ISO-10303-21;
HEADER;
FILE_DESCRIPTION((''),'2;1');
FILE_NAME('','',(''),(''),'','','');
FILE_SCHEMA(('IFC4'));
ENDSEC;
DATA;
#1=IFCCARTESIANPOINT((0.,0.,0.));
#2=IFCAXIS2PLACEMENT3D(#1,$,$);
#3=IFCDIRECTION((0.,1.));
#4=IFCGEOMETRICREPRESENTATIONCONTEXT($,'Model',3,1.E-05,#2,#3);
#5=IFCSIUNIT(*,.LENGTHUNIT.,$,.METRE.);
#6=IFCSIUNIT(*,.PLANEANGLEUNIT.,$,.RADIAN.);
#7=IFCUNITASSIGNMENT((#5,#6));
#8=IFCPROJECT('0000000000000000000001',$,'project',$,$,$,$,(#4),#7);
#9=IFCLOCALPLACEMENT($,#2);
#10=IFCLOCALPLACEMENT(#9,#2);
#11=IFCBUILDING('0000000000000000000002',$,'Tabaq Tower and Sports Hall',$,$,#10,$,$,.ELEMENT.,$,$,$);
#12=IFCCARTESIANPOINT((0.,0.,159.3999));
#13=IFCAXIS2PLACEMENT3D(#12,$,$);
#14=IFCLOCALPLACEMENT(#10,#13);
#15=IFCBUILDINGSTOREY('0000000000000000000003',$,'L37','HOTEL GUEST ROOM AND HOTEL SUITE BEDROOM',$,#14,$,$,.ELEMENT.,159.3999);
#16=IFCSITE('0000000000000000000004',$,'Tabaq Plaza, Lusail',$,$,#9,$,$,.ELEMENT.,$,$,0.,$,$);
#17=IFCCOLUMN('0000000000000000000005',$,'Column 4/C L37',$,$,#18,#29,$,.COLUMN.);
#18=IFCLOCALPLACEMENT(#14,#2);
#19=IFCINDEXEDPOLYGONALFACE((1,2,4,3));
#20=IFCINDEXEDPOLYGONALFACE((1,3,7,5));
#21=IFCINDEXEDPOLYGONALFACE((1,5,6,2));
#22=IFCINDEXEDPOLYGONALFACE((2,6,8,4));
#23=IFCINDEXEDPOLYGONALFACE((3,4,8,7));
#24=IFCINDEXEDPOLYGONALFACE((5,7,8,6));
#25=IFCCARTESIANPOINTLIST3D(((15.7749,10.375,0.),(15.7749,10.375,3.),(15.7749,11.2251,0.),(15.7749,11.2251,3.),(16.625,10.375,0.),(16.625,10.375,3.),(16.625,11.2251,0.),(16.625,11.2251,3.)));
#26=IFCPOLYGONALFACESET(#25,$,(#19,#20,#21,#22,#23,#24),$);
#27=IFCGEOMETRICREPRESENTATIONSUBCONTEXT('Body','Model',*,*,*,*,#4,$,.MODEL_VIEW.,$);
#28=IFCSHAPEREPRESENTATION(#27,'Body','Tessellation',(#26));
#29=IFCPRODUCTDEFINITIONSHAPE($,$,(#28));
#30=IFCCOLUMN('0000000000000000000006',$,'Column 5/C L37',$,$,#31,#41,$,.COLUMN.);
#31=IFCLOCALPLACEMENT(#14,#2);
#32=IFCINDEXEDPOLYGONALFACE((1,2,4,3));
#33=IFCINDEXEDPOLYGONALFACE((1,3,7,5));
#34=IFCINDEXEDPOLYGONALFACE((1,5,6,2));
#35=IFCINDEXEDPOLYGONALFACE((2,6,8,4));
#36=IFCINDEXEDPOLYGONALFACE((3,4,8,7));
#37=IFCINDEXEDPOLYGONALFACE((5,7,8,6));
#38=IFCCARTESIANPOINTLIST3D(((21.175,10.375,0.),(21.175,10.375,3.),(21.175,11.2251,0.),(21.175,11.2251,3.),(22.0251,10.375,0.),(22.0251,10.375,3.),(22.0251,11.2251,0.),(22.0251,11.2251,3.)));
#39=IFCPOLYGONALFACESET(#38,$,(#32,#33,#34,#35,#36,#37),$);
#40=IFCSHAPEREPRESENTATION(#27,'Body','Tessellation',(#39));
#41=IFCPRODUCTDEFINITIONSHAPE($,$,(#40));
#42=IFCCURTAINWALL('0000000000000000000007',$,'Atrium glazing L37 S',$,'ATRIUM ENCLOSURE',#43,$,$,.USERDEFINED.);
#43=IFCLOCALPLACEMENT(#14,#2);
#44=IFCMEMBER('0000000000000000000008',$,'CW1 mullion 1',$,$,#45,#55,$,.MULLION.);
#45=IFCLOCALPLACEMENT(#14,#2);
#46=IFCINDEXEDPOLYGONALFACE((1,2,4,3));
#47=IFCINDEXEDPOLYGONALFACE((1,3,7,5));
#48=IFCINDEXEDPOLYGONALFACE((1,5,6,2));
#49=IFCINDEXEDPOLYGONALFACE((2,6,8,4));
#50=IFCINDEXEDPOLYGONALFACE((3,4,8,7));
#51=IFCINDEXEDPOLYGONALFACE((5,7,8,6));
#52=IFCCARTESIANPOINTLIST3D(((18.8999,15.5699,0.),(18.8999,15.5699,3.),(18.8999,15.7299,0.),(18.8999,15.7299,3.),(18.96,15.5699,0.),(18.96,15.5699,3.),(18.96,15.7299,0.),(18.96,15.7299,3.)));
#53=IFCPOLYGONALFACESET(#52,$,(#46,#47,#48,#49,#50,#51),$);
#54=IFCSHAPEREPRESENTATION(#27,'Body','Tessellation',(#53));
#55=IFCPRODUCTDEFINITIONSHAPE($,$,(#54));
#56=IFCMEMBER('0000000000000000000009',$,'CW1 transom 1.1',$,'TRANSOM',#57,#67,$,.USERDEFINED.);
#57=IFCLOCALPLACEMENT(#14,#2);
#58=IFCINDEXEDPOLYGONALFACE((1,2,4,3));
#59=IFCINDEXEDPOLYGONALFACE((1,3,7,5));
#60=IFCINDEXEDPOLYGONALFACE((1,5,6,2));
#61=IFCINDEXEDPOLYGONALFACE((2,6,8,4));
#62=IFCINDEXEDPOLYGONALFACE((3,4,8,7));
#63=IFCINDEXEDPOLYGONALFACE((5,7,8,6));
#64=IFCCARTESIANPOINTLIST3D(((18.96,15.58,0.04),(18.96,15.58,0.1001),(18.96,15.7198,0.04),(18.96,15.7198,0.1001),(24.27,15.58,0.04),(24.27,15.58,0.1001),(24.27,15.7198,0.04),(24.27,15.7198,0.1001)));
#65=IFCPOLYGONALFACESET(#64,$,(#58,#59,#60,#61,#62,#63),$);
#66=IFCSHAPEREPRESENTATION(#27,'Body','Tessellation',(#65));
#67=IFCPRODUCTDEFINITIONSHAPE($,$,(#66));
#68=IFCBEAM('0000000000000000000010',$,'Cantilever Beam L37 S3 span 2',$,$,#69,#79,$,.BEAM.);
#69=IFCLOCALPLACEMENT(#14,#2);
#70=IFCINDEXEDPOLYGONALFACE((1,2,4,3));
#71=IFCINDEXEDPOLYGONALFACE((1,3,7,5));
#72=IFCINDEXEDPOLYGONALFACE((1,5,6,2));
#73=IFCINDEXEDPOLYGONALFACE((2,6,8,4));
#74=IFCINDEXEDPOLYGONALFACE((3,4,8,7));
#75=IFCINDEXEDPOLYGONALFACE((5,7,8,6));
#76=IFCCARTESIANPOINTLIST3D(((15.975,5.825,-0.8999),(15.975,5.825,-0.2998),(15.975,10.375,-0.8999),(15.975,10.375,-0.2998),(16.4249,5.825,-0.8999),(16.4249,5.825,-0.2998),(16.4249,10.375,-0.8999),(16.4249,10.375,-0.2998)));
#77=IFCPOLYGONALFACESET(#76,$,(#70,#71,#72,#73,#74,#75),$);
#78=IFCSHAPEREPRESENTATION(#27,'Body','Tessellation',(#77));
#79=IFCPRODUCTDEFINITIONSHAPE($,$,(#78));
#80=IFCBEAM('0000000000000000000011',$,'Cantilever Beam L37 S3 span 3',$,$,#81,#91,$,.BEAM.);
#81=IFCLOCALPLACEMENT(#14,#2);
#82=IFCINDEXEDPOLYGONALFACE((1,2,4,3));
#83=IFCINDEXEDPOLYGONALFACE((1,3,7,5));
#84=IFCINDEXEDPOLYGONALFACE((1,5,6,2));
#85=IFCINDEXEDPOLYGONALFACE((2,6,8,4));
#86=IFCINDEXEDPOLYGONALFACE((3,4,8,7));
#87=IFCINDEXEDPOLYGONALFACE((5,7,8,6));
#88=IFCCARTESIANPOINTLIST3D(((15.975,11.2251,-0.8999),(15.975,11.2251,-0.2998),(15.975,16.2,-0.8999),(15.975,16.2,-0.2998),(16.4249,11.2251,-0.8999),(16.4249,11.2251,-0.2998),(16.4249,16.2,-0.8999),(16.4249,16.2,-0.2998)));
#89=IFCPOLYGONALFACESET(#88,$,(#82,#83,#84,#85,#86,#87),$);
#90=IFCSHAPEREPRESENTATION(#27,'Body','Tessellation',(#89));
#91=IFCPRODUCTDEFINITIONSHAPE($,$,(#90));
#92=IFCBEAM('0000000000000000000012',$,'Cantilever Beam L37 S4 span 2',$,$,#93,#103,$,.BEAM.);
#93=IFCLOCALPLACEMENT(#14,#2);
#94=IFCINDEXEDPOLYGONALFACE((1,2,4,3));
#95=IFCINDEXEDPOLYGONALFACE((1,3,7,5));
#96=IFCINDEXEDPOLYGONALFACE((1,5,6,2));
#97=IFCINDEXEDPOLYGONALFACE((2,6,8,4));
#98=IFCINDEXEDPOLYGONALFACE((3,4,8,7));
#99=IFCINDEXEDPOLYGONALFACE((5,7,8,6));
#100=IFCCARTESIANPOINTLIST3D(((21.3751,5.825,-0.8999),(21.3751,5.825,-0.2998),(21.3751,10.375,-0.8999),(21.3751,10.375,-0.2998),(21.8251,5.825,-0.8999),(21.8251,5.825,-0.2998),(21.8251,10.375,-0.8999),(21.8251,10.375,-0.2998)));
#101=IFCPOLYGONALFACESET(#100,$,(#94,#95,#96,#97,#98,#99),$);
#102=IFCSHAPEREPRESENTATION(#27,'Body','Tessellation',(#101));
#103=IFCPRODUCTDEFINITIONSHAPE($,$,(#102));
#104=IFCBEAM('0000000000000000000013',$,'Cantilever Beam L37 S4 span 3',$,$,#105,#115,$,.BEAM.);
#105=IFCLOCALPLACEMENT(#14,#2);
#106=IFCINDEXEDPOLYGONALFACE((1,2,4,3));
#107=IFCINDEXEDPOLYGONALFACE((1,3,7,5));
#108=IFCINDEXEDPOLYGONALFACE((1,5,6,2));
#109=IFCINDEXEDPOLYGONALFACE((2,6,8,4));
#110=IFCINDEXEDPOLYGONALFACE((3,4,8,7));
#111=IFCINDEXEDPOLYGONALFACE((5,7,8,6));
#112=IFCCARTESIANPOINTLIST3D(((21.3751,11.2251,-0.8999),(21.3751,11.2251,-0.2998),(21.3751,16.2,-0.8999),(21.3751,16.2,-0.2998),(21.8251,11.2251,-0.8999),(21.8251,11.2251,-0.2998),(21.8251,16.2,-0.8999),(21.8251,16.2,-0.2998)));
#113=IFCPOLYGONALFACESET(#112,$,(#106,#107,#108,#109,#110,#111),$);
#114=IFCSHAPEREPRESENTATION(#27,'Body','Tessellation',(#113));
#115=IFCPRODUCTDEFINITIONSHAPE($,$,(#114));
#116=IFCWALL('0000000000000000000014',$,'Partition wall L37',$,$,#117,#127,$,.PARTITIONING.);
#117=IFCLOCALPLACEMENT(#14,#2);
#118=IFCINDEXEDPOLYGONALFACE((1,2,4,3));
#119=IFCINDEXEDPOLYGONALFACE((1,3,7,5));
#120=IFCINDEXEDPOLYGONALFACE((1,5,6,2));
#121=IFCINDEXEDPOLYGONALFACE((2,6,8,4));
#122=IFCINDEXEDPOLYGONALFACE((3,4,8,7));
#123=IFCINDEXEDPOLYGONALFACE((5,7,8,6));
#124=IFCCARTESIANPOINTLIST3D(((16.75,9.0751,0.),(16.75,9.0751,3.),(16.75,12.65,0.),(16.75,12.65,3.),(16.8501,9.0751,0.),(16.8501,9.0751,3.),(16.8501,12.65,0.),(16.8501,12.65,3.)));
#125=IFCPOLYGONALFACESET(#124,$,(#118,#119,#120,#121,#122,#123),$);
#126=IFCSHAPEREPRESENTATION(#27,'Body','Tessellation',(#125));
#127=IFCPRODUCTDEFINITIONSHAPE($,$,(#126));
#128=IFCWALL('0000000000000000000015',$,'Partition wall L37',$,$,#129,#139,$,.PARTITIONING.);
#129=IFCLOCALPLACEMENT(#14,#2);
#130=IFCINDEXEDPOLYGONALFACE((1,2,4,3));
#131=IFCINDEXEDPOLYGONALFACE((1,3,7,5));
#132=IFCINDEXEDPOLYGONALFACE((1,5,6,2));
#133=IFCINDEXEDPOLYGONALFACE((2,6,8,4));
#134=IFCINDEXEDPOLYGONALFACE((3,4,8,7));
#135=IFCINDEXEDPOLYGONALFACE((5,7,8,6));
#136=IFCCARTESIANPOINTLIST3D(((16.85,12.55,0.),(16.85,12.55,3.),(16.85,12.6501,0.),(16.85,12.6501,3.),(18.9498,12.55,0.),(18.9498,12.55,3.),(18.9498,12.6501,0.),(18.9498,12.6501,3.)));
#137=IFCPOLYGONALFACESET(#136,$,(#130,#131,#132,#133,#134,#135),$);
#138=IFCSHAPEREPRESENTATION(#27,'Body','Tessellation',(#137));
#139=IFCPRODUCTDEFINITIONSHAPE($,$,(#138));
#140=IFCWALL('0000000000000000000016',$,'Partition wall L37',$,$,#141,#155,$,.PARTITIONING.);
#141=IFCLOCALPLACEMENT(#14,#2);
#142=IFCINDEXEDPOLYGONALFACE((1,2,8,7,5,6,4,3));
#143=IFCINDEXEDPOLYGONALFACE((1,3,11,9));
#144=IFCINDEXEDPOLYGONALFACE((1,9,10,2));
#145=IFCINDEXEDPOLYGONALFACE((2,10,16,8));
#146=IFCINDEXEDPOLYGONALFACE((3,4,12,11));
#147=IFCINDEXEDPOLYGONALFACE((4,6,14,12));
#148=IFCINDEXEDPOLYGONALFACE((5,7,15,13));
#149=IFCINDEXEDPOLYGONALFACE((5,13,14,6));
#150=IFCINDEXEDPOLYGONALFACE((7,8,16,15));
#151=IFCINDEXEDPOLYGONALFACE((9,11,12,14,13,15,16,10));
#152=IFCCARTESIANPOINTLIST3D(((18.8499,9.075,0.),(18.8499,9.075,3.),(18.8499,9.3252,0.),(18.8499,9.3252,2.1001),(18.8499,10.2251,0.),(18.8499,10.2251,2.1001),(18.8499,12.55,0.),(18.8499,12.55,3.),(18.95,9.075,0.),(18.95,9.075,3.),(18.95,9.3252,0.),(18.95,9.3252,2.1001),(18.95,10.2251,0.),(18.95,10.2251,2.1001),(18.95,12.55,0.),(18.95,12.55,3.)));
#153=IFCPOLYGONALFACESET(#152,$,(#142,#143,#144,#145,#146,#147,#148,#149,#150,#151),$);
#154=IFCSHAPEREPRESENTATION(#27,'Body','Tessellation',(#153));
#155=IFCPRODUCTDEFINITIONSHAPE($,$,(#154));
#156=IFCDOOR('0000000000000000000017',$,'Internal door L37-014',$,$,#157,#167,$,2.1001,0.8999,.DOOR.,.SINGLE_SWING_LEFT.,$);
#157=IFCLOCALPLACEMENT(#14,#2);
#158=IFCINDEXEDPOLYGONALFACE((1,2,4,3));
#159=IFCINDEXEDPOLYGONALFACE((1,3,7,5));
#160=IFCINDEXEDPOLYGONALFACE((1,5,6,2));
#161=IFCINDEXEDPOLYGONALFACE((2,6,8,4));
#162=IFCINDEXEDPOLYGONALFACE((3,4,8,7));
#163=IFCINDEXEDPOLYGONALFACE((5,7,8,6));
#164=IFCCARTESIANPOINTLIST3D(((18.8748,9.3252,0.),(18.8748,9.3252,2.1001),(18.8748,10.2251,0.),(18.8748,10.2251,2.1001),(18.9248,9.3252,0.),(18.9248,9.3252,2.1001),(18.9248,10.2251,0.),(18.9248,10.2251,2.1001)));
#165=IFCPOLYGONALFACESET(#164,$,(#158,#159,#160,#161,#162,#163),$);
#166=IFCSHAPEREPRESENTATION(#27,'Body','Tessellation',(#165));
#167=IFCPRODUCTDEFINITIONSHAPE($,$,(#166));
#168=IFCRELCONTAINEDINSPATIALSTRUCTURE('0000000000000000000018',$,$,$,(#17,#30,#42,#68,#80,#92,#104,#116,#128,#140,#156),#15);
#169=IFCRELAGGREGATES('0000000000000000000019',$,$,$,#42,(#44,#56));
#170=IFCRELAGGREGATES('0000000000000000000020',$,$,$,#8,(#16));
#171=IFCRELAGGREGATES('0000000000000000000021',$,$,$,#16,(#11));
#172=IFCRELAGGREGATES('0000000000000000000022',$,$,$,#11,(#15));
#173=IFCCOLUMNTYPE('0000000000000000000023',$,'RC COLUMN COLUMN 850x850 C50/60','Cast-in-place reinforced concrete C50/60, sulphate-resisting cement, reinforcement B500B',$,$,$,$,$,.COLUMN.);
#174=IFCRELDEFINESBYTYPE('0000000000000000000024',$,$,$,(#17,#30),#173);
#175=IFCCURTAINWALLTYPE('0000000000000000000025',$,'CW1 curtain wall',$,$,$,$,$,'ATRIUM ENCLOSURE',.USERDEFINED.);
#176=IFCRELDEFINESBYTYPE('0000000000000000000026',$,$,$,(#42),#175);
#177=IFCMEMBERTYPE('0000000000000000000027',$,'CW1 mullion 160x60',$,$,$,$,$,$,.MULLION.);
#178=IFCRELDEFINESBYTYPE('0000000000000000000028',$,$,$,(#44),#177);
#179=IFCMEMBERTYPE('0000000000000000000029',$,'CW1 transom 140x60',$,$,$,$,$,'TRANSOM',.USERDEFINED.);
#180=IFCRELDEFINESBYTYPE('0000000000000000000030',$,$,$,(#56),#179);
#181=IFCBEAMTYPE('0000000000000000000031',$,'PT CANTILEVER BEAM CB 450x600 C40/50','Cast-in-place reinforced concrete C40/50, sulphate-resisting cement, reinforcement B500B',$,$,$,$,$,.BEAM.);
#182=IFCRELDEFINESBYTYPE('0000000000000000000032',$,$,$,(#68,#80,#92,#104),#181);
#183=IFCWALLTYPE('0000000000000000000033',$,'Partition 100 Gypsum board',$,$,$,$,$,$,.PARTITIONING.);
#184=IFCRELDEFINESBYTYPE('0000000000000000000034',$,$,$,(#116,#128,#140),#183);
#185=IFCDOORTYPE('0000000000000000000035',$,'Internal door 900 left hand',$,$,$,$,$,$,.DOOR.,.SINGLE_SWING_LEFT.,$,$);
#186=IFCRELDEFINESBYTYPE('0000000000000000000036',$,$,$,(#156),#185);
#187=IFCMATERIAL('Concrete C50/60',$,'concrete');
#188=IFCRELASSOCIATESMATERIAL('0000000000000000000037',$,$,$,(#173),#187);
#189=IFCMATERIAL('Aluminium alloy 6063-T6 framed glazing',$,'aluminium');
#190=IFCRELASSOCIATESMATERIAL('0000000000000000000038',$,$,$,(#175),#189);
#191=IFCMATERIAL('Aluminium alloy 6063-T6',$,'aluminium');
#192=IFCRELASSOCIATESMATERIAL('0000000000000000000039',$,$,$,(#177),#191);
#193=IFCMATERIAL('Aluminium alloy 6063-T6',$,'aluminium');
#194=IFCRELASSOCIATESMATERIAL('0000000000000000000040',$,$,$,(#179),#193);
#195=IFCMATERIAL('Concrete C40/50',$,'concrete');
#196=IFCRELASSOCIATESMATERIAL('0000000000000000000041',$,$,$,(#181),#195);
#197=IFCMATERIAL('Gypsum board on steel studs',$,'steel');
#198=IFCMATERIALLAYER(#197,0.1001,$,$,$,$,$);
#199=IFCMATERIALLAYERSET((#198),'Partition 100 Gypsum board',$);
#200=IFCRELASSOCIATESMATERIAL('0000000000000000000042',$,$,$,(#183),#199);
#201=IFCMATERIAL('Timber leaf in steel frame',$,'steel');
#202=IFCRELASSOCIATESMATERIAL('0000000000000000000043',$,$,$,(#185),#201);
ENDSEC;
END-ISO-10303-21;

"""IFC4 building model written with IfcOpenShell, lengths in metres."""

from ifc_helpers import new_model, si_unit, direction, frame, frame_2d, origin, origin_2d, place, context, subcontext, project, spatial, rectangle, extrude, material, layer, layer_set, material_profile, profile_set, type_object, element, fill, aggregate, save


model = new_model("IFC4")

# Units and contexts
model_context = context("Model", 3, precision=1e-05, world=origin(), true_north=direction((0.0, 1.0)))
body_context = subcontext(model_context, "Body", "Model", "MODEL_VIEW")
ifc_project = project(units=[si_unit("LENGTHUNIT", "METRE"), si_unit("PLANEANGLEUNIT", "RADIAN")], contexts=[model_context])

# Site, building, storey
site_placement = place(None, origin())
site = spatial("IfcSite", under=ifc_project, at=site_placement, Name="Tabaq Plaza, Lusail", CompositionType="ELEMENT", RefElevation=0.0)
building_placement = place(site_placement, origin())
building = spatial("IfcBuilding", under=site, at=building_placement, Name="Tabaq Tower and Sports Hall", CompositionType="ELEMENT")
storey_placement = place(building_placement, frame((0.0, 0.0, 159.3999)))
storey = spatial("IfcBuildingStorey", under=building, at=storey_placement, Name="L37", Description="HOTEL GUEST ROOM AND HOTEL SUITE BEDROOM", CompositionType="ELEMENT", Elevation=159.3999)

# Columns
ifc_material_1 = material(Name="Concrete C50/60", Category="concrete")
ifc_material_profile_1 = material_profile(ifc_material_1, rectangle(XDim=0.8501, YDim=0.8501, at=origin_2d()), Name="COLUMN 850x850")
ifc_profile_set_1 = profile_set([ifc_material_profile_1], Name="Concrete C50/60")
column_type = type_object("IfcColumnType", Name="RC COLUMN COLUMN 850x850 C50/60", Description="Cast-in-place reinforced concrete C50/60, sulphate-resisting cement, reinforcement B500B", PredefinedType="COLUMN", material=ifc_profile_set_1)
for number, where, z_axis, x_axis, name in (
    (1, (16.2, 10.8, 0.0), (0.0, 0.0, 1.0), (1.0, 0.0, 0.0), "Column 4/C L37"),
    (2, (21.6001, 10.8, 0.0), (0.0, 0.0, 1.0), (1.0, 0.0, 0.0), "Column 5/C L37"),
):
    element("IfcColumn", number, at=place(storey_placement, frame(where, z_axis=z_axis, x_axis=x_axis)), inside=storey, type_object=column_type, Name=name, PredefinedType="COLUMN", context=body_context, shape_type="SweptSolid", body=[
        extrude(rectangle(XDim=0.8501, YDim=0.8501, at=origin_2d()), origin(), (0.0, 0.0, 1.0), 3.0),
    ])

# Curtain wall, members
ifc_material_2 = material(Name="Aluminium alloy 6063-T6 framed glazing", Category="aluminium")
curtain_wall_type = type_object("IfcCurtainWallType", Name="CW1 curtain wall", ElementType="ATRIUM ENCLOSURE", PredefinedType="USERDEFINED", material=ifc_material_2)
curtain_wall_placement = place(storey_placement, origin())
curtain_wall = element("IfcCurtainWall", 3, at=curtain_wall_placement, inside=storey, type_object=curtain_wall_type, Name="Atrium glazing L37 S", ObjectType="ATRIUM ENCLOSURE", PredefinedType="USERDEFINED")
ifc_material_3 = material(Name="Aluminium alloy 6063-T6", Category="aluminium")
ifc_material_profile_2 = material_profile(ifc_material_3, rectangle(XDim=0.1599, YDim=0.0601, at=origin_2d()), Name="MULLION 160x60")
ifc_profile_set_2 = profile_set([ifc_material_profile_2], Name="Aluminium alloy 6063-T6")
member_type_1 = type_object("IfcMemberType", Name="CW1 mullion 160x60", PredefinedType="MULLION", material=ifc_profile_set_2)
member_1_placement = place(storey_placement, frame((18.9299, 15.6499, 0.0), z_axis=(0.0, 0.0, 1.0), x_axis=(0.0, 1.0, 0.0)))
member_1 = element("IfcMember", 4, at=member_1_placement, type_object=member_type_1, Name="CW1 mullion 1", PredefinedType="MULLION", context=body_context, shape_type="SweptSolid", body=[
    extrude(rectangle(XDim=0.1599, YDim=0.0601, at=origin_2d()), origin(), (0.0, 0.0, 1.0), 3.0),
])
ifc_material_4 = material(Name="Aluminium alloy 6063-T6", Category="aluminium")
ifc_material_profile_3 = material_profile(ifc_material_4, rectangle(XDim=0.1399, YDim=0.0601, at=origin_2d()), Name="TRANSOM 140x60")
ifc_profile_set_3 = profile_set([ifc_material_profile_3], Name="Aluminium alloy 6063-T6")
member_type_2 = type_object("IfcMemberType", Name="CW1 transom 140x60", ElementType="TRANSOM", PredefinedType="USERDEFINED", material=ifc_profile_set_3)
member_2_placement = place(storey_placement, frame((18.96, 15.6499, 0.0701), z_axis=(1.0, 0.0, 0.0), x_axis=(0.0, 1.0, 0.0)))
member_2 = element("IfcMember", 5, at=member_2_placement, type_object=member_type_2, Name="CW1 transom 1.1", ObjectType="TRANSOM", PredefinedType="USERDEFINED", context=body_context, shape_type="SweptSolid", body=[
    extrude(rectangle(XDim=0.1399, YDim=0.0601, at=origin_2d()), origin(), (0.0, 0.0, 1.0), 5.3101),
])
aggregate(curtain_wall, [member_1, member_2])

# Beams
ifc_material_5 = material(Name="Concrete C40/50", Category="concrete")
ifc_material_profile_4 = material_profile(ifc_material_5, rectangle(XDim=0.45, YDim=0.6001, at=origin_2d()), Name="CB 450x600")
ifc_profile_set_4 = profile_set([ifc_material_profile_4], Name="Concrete C40/50")
beam_type = type_object("IfcBeamType", Name="PT CANTILEVER BEAM CB 450x600 C40/50", Description="Cast-in-place reinforced concrete C40/50, sulphate-resisting cement, reinforcement B500B", PredefinedType="BEAM", material=ifc_profile_set_4)
beam_1_placement = place(storey_placement, frame((16.2, 5.825, -0.5999), z_axis=(0.0, 1.0, 0.0), x_axis=(-1.0, 0.0, 0.0)))
element("IfcBeam", 6, at=beam_1_placement, inside=storey, type_object=beam_type, Name="Cantilever Beam L37 S3 span 2", PredefinedType="BEAM", context=body_context, shape_type="SweptSolid", body=[
    extrude(rectangle(XDim=0.45, YDim=0.6001, at=origin_2d()), origin(), (0.0, 0.0, 1.0), 4.55),
])
beam_2_placement = place(storey_placement, frame((16.2, 11.2251, -0.5999), z_axis=(0.0, 1.0, 0.0), x_axis=(-1.0, 0.0, 0.0)))
element("IfcBeam", 7, at=beam_2_placement, inside=storey, type_object=beam_type, Name="Cantilever Beam L37 S3 span 3", PredefinedType="BEAM", context=body_context, shape_type="SweptSolid", body=[
    extrude(rectangle(XDim=0.45, YDim=0.6001, at=origin_2d()), origin(), (0.0, 0.0, 1.0), 4.9749),
])
beam_3_placement = place(storey_placement, frame((21.6001, 5.825, -0.5999), z_axis=(0.0, 1.0, 0.0), x_axis=(-1.0, 0.0, 0.0)))
element("IfcBeam", 8, at=beam_3_placement, inside=storey, type_object=beam_type, Name="Cantilever Beam L37 S4 span 2", PredefinedType="BEAM", context=body_context, shape_type="SweptSolid", body=[
    extrude(rectangle(XDim=0.45, YDim=0.6001, at=origin_2d()), origin(), (0.0, 0.0, 1.0), 4.55),
])
beam_4_placement = place(storey_placement, frame((21.6001, 11.2251, -0.5999), z_axis=(0.0, 1.0, 0.0), x_axis=(-1.0, 0.0, 0.0)))
element("IfcBeam", 9, at=beam_4_placement, inside=storey, type_object=beam_type, Name="Cantilever Beam L37 S4 span 3", PredefinedType="BEAM", context=body_context, shape_type="SweptSolid", body=[
    extrude(rectangle(XDim=0.45, YDim=0.6001, at=origin_2d()), origin(), (0.0, 0.0, 1.0), 4.9749),
])

# Walls
ifc_material_6 = material(Name="Gypsum board on steel studs", Category="steel")
ifc_layer_1 = layer(ifc_material_6, 0.1001)
ifc_layer_set_1 = layer_set([ifc_layer_1], Name="Partition 100 Gypsum board")
wall_type_1 = type_object("IfcWallType", Name="Partition 100 Gypsum board", PredefinedType="PARTITIONING", material=ifc_layer_set_1)
wall_1_placement = place(storey_placement, frame((16.8, 9.075, 0.0), z_axis=(0.0, 0.0, 1.0), x_axis=(0.0, 1.0, 0.0)))
element("IfcWall", 10, at=wall_1_placement, inside=storey, type_object=wall_type_1, Name="Partition wall L37", PredefinedType="PARTITIONING", context=body_context, shape_type="SweptSolid", body=[
    extrude(rectangle(XDim=3.575, YDim=0.1001, at=frame_2d((1.7876, 0.0))), origin(), (0.0, 0.0, 1.0), 3.0),
])
wall_2_placement = place(storey_placement, frame((16.8501, 12.6001, 0.0), z_axis=(0.0, 0.0, 1.0), x_axis=(1.0, 0.0, 0.0)))
element("IfcWall", 11, at=wall_2_placement, inside=storey, type_object=wall_type_1, Name="Partition wall L37", PredefinedType="PARTITIONING", context=body_context, shape_type="SweptSolid", body=[
    extrude(rectangle(XDim=2.0999, YDim=0.1001, at=frame_2d((1.0498, 0.0))), origin(), (0.0, 0.0, 1.0), 3.0),
])

# Wall, opening, door
wall_3_placement = place(storey_placement, frame((18.8999, 12.55, 0.0), z_axis=(0.0, 0.0, 1.0), x_axis=(0.0, -1.0, 0.0)))
wall_3 = element("IfcWall", 12, at=wall_3_placement, inside=storey, type_object=wall_type_1, Name="Partition wall L37", PredefinedType="PARTITIONING", context=body_context, shape_type="SweptSolid", body=[
    extrude(rectangle(XDim=3.4751, YDim=0.1001, at=frame_2d((1.7375, 0.0))), origin(), (0.0, 0.0, 1.0), 3.0),
])
opening_1_placement = place(wall_3_placement, frame((2.325, 0.0, 0.0)))
opening_1 = element("IfcOpeningElement", 13, at=opening_1_placement, cuts=wall_3, PredefinedType="OPENING", context=body_context, shape_type="SweptSolid", body=[
    extrude(rectangle(XDim=0.8999, YDim=2.1001, at=frame_2d((0.45, 1.05))), frame((0.0, 0.05, 0.0), z_axis=(0.0, -1.0, 0.0), x_axis=(1.0, 0.0, 0.0)), (0.0, 0.0, 1.0), 0.1001),
])
ifc_material_7 = material(Name="Timber leaf in steel frame", Category="steel")
door_type_1 = type_object("IfcDoorType", Name="Internal door 900 left hand", OperationType="SINGLE_SWING_LEFT", PredefinedType="DOOR", material=ifc_material_7)
door_1_placement = place(opening_1_placement, origin())
door_1 = element("IfcDoor", 14, at=door_1_placement, inside=storey, type_object=door_type_1, Name="Internal door L37-014", OperationType="SINGLE_SWING_LEFT", OverallHeight=2.1001, OverallWidth=0.8999, PredefinedType="DOOR", context=body_context, shape_type="SweptSolid", body=[
    extrude(rectangle(XDim=0.8999, YDim=2.1001, at=frame_2d((0.45, 1.05))), frame((0.0, 0.0249, 0.0), z_axis=(0.0, -1.0, 0.0), x_axis=(1.0, 0.0, 0.0)), (0.0, 0.0, 1.0), 0.05),
])
fill(opening_1, door_1)

save(model, "model.ifc")
